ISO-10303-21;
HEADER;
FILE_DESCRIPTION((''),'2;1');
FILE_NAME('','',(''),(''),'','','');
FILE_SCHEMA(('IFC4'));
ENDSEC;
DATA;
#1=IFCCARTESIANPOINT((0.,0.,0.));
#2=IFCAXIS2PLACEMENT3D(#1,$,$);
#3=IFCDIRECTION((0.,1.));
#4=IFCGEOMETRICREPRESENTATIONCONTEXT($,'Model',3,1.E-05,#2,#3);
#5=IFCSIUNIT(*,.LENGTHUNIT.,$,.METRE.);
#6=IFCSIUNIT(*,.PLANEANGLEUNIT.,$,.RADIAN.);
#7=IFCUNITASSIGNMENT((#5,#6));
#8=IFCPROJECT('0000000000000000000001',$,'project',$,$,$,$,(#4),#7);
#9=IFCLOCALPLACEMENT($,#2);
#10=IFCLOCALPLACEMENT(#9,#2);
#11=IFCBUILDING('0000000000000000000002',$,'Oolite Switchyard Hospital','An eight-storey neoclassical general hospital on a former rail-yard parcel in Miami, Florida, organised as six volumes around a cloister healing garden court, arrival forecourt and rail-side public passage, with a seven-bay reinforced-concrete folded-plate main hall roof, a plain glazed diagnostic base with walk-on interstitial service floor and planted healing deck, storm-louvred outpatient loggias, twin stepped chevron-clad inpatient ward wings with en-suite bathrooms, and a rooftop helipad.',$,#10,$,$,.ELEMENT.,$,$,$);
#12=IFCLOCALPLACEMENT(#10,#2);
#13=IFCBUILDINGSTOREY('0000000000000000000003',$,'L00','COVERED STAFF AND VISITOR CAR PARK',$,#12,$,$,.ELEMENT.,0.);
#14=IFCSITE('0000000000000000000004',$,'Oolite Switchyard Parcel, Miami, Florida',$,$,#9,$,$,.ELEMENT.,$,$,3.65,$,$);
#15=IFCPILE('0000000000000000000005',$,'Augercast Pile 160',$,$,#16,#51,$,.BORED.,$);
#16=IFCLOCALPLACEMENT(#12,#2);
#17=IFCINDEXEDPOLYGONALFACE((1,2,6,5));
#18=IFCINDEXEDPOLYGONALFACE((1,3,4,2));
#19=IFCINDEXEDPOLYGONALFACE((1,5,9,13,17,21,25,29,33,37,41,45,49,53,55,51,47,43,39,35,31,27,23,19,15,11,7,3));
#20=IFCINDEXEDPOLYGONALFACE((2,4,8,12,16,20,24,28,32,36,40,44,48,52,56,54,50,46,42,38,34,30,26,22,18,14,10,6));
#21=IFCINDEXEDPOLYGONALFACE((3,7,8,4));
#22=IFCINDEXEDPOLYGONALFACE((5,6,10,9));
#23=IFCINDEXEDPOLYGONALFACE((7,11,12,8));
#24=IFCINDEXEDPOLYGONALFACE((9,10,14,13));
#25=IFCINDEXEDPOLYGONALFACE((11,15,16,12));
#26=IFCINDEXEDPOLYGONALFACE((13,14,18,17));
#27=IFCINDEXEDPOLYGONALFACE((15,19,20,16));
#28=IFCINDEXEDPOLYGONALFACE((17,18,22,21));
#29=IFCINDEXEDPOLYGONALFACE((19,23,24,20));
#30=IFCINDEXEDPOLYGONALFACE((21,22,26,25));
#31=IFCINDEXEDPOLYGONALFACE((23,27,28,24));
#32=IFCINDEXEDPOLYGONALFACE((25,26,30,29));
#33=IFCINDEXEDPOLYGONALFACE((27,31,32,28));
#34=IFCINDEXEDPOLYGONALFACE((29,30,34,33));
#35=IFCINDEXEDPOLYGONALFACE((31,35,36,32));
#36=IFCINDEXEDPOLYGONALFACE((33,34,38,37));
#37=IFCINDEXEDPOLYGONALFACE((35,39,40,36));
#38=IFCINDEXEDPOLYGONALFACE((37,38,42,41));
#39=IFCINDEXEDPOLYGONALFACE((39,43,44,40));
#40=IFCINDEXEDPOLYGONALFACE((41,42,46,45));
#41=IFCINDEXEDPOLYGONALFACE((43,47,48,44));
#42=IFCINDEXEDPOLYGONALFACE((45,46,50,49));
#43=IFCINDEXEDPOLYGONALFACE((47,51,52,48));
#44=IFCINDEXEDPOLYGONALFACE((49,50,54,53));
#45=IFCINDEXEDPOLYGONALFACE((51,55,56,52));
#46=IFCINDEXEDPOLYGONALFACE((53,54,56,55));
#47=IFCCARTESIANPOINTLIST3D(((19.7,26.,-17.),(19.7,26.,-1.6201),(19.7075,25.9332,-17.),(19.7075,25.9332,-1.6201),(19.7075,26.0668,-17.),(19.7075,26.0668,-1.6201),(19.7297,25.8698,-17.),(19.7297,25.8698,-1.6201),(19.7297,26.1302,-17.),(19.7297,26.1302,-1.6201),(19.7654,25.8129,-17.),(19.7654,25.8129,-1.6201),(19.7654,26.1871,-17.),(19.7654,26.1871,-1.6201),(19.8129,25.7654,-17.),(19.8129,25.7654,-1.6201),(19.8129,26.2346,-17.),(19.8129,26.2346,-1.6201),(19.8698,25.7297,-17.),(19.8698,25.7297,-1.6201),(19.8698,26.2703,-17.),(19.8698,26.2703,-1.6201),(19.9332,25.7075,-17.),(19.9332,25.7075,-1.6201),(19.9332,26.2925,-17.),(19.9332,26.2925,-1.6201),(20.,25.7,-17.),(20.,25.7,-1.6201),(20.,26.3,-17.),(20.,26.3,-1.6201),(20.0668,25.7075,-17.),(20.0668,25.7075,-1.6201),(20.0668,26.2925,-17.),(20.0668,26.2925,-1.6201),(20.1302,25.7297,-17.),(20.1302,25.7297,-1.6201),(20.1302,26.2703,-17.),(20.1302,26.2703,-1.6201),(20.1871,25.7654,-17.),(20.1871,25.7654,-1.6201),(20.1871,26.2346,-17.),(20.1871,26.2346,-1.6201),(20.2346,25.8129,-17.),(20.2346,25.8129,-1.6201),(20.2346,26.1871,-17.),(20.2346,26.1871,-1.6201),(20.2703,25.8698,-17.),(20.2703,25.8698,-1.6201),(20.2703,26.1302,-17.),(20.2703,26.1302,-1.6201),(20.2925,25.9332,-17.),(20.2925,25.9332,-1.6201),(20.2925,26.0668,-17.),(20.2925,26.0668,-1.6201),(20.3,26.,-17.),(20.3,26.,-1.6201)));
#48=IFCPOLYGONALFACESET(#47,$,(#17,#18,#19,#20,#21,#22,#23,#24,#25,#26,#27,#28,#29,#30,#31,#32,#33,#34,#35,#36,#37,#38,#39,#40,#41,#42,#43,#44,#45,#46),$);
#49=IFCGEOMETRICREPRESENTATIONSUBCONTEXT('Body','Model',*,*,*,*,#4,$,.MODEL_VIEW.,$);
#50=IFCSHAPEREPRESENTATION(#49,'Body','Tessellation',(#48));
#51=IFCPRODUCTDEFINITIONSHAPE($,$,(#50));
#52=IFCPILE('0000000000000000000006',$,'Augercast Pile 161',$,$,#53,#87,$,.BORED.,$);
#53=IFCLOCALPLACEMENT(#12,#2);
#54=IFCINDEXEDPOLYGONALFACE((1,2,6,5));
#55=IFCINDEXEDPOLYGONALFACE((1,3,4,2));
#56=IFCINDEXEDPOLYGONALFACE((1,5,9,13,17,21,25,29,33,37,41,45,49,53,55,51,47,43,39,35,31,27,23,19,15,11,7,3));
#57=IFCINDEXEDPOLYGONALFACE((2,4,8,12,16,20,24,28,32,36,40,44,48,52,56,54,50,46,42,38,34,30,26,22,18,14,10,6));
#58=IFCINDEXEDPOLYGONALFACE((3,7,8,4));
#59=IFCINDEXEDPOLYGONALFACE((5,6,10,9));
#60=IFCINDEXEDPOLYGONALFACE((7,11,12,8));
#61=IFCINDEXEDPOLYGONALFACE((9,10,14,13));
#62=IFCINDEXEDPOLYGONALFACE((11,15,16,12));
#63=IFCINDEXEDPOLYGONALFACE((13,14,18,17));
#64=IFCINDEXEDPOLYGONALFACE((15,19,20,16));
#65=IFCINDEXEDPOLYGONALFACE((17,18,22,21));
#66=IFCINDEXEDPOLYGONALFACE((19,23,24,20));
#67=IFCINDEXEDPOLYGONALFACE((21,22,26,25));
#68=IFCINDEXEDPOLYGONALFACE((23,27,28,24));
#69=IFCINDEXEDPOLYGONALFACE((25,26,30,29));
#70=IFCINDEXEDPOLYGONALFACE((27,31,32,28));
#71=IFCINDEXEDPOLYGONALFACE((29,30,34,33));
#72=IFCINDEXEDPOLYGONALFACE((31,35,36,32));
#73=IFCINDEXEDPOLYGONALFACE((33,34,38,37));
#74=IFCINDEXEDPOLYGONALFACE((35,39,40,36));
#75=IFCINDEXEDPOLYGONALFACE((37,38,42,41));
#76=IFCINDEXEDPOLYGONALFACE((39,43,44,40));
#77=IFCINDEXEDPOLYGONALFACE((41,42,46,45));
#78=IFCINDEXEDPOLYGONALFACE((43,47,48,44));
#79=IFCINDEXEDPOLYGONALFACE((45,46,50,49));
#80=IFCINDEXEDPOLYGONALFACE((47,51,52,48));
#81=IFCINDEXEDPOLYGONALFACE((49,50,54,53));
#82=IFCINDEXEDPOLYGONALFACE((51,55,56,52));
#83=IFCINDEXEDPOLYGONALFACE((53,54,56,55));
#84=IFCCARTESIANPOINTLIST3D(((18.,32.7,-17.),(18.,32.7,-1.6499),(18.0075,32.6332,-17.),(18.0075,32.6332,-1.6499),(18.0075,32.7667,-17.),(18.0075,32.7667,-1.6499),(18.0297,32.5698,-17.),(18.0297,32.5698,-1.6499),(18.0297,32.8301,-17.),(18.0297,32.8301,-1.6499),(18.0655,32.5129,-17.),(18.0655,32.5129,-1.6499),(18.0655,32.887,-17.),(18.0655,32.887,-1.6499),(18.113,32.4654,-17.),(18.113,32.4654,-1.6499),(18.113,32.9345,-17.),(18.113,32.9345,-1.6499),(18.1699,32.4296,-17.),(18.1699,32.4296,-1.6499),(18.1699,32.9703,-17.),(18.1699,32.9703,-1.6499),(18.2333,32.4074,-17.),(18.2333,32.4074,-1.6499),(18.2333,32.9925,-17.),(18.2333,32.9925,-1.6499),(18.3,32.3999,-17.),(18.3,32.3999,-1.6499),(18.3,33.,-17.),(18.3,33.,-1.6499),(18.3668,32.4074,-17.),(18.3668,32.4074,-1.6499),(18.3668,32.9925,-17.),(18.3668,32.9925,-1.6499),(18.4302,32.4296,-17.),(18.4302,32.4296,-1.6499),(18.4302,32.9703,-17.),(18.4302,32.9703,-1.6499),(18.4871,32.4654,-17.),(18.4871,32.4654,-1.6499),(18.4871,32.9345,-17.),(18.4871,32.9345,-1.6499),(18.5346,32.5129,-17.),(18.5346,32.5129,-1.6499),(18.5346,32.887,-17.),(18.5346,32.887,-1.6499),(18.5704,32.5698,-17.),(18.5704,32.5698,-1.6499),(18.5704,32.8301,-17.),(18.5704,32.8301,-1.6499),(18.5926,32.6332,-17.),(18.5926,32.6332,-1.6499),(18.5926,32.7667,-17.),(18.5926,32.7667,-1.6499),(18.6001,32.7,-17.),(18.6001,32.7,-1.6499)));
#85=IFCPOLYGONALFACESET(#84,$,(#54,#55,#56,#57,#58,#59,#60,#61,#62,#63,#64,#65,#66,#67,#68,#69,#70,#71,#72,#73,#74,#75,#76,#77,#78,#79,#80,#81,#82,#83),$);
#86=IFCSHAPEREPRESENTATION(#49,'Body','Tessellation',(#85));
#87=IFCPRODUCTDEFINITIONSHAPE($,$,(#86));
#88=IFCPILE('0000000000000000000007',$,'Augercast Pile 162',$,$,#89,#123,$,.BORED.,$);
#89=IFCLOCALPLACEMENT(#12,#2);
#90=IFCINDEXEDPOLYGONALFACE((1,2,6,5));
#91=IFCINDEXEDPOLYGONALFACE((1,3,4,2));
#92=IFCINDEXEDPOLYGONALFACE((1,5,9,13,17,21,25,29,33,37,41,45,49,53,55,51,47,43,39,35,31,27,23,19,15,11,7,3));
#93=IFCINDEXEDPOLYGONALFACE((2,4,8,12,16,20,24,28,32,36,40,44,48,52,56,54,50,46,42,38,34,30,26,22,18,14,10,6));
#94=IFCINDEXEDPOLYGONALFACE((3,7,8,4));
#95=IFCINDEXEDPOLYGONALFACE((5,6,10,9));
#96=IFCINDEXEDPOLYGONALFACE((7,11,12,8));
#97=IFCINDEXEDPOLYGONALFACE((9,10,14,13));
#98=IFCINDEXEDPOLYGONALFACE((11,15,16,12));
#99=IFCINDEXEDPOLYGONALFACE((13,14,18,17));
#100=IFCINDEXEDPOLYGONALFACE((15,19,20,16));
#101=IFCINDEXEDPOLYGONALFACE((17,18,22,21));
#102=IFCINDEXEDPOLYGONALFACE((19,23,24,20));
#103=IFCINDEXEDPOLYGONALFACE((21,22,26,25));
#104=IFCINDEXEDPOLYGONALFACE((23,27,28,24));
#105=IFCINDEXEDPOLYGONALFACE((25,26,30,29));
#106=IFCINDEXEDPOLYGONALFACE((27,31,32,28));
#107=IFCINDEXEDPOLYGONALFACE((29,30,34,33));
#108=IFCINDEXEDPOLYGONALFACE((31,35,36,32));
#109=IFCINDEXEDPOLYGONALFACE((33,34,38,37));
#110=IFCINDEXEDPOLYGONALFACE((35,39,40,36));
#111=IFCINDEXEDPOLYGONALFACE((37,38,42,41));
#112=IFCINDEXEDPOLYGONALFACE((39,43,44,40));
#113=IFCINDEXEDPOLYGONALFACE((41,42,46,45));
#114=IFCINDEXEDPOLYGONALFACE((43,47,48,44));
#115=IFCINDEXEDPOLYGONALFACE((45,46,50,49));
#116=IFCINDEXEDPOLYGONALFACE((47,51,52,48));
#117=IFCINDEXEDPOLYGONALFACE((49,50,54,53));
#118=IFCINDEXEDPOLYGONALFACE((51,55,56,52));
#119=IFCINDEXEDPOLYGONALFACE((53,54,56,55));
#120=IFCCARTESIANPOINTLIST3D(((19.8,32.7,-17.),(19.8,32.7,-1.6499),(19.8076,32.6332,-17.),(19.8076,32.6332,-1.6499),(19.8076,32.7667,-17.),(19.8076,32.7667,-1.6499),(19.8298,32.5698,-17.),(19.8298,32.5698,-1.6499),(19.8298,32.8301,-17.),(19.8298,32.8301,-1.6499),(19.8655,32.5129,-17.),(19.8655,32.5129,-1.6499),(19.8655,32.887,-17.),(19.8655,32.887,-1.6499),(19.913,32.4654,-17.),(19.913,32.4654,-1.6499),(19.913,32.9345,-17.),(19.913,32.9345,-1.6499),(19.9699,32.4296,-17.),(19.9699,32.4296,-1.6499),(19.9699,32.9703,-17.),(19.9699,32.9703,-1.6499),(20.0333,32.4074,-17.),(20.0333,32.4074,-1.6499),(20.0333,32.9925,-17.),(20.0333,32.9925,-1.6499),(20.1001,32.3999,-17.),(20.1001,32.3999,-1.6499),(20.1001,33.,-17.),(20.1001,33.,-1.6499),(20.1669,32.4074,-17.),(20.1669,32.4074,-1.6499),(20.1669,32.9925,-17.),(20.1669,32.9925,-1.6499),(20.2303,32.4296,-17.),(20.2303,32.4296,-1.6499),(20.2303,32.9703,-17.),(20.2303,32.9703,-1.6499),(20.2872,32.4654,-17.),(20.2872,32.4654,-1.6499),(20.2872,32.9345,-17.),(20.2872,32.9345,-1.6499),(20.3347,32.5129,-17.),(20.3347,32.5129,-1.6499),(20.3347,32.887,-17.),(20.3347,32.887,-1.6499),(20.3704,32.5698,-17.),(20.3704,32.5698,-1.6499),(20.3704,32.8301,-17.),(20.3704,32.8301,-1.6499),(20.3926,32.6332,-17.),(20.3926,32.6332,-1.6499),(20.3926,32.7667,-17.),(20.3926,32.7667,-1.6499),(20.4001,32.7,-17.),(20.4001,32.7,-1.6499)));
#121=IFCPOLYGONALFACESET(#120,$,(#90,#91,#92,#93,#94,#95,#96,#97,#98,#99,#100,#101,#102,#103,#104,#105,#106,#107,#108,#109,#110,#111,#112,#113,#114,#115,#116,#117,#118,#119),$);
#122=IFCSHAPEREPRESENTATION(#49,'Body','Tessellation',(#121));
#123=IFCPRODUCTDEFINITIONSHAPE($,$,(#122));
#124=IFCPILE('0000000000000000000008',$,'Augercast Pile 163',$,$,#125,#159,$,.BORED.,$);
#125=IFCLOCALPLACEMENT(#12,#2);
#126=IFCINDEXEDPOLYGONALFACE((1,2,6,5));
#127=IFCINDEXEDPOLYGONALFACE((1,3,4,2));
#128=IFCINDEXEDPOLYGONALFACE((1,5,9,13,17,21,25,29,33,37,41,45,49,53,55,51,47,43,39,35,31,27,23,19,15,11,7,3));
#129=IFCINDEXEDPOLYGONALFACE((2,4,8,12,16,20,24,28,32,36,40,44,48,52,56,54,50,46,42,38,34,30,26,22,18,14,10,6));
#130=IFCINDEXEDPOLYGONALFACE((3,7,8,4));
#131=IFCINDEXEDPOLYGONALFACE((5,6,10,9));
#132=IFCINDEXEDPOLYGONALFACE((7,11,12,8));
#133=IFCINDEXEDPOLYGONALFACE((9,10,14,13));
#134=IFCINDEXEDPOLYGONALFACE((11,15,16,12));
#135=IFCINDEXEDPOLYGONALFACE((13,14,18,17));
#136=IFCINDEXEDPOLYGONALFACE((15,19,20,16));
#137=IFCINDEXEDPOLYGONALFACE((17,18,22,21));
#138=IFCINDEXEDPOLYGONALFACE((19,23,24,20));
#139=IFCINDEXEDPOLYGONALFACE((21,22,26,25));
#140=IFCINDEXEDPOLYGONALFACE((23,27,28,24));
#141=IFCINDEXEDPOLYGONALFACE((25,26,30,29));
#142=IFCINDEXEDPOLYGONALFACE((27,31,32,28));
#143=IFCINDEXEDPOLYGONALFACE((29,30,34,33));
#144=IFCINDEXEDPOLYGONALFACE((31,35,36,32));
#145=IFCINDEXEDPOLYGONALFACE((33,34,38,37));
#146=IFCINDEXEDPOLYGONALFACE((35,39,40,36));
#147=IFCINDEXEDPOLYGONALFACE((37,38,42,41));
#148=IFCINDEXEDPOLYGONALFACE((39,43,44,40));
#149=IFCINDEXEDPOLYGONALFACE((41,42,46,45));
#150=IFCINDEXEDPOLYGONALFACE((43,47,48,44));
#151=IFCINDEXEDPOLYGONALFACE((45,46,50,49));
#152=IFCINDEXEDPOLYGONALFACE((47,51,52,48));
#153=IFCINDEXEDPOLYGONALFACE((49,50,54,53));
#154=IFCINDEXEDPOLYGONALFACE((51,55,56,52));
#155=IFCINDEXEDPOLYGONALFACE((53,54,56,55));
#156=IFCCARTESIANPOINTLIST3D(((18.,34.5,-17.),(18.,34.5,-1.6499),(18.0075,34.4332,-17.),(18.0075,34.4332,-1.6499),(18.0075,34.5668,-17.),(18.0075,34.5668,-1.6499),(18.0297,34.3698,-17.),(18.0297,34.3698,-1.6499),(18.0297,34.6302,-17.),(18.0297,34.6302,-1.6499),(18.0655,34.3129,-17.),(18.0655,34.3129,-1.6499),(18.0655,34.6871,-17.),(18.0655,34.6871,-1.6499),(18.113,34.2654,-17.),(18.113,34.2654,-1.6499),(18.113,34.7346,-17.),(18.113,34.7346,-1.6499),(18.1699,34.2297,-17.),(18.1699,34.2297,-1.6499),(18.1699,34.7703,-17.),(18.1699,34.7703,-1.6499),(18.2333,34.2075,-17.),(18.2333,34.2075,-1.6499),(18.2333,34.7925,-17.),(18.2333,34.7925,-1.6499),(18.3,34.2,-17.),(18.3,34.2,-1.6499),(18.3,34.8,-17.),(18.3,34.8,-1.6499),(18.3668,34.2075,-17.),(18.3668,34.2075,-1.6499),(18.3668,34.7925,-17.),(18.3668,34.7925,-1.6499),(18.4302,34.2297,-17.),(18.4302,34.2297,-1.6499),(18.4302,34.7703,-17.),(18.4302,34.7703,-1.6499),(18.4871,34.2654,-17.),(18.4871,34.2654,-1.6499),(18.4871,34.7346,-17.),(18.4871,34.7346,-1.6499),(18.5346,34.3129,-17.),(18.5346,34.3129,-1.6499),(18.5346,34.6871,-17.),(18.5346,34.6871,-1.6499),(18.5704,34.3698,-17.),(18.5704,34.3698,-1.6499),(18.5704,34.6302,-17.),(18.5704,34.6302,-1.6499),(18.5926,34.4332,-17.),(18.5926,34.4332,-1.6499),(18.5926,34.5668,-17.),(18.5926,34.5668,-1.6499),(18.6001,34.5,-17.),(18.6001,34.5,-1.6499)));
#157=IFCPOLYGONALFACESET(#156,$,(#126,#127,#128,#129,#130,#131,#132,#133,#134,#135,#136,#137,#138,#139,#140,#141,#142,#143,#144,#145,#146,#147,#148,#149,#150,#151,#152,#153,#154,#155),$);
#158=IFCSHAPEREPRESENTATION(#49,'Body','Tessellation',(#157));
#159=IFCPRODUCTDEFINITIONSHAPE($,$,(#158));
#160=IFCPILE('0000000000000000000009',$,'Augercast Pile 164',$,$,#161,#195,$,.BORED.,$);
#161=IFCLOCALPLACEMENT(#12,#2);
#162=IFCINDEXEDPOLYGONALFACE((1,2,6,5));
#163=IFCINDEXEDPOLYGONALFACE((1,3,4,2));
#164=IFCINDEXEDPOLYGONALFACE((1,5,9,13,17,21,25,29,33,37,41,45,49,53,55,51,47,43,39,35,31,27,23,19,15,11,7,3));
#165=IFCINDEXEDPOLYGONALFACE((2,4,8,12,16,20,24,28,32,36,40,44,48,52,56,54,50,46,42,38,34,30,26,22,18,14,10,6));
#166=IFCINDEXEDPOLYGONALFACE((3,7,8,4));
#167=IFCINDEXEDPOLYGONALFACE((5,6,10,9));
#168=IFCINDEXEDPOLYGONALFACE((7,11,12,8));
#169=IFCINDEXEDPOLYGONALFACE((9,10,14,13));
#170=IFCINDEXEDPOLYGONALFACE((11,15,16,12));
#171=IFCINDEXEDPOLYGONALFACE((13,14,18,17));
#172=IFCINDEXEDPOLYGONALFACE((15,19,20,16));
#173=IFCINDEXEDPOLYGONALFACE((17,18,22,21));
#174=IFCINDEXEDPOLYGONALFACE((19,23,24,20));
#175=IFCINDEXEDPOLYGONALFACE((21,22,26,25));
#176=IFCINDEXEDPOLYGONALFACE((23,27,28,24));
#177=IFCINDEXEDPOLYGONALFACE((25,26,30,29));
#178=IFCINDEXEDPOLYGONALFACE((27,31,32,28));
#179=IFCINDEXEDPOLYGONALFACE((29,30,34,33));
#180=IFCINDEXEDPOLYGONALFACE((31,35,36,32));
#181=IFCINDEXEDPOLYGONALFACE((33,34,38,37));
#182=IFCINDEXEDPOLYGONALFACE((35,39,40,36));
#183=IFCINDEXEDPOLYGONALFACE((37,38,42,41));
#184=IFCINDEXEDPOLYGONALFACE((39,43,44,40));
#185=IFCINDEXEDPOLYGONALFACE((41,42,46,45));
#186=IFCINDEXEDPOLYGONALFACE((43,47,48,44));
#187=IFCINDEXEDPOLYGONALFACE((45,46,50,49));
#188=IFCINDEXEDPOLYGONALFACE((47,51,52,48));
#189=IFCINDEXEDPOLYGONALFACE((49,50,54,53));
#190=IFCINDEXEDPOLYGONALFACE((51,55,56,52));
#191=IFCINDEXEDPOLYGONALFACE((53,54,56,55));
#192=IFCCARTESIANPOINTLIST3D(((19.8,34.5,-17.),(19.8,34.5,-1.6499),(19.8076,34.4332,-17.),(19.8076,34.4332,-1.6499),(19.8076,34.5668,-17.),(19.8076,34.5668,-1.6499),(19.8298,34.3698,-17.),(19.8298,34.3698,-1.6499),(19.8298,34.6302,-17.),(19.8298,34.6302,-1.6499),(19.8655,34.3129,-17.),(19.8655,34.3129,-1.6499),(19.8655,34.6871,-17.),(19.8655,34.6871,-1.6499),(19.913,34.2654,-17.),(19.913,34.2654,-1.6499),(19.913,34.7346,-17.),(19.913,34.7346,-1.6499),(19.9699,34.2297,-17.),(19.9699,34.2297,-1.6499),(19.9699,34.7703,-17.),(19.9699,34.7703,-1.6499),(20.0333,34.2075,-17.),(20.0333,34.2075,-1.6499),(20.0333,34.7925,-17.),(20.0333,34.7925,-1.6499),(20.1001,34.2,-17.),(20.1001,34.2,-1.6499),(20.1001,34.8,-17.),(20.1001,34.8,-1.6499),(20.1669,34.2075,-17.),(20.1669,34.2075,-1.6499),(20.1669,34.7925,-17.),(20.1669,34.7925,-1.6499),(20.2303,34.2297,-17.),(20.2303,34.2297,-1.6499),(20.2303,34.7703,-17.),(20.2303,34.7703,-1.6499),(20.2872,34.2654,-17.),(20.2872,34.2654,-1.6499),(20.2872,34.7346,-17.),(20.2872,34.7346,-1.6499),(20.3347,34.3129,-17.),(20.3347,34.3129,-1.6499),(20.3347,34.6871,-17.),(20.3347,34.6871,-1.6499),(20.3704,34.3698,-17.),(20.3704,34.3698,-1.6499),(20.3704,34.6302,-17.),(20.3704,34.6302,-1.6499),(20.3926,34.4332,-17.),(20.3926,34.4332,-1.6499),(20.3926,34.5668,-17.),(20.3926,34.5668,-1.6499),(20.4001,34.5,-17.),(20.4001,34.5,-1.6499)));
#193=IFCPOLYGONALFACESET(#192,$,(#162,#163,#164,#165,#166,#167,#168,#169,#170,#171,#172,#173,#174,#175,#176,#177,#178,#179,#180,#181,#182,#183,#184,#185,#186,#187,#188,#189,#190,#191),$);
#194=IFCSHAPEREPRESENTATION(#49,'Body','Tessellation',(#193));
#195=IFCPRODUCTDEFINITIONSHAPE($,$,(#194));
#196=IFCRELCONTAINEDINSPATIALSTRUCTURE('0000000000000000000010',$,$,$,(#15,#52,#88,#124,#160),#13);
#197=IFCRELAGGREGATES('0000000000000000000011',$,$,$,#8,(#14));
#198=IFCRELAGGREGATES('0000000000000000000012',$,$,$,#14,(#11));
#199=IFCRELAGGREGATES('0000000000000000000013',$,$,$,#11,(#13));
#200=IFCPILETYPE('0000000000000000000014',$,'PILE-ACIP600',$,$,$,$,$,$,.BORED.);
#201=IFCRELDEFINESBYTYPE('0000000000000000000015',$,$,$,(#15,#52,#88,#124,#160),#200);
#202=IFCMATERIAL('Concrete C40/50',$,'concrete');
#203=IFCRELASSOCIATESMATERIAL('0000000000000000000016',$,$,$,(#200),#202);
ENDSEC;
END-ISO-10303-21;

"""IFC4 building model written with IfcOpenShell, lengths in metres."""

from ifc_helpers import new_model, si_unit, direction, frame, origin, origin_2d, place, context, subcontext, project, spatial, circle, extrude, material, material_profile, profile_set, type_object, element, save


model = new_model("IFC4")

# Units and contexts
model_context = context("Model", 3, precision=1e-05, world=origin(), true_north=direction((0.0, 1.0)))
body_context = subcontext(model_context, "Body", "Model", "MODEL_VIEW")
ifc_project = project(units=[si_unit("LENGTHUNIT", "METRE"), si_unit("PLANEANGLEUNIT", "RADIAN")], contexts=[model_context])

# Site, building, storey
site_placement = place(None, origin())
site = spatial("IfcSite", under=ifc_project, at=site_placement, Name="Oolite Switchyard Parcel, Miami, Florida", CompositionType="ELEMENT", RefElevation=3.65)
building_placement = place(site_placement, origin())
building = spatial("IfcBuilding", under=site, at=building_placement, Name="Oolite Switchyard Hospital", Description="An eight-storey neoclassical general hospital on a former rail-yard parcel in Miami, Florida, organised as six volumes around a cloister healing garden court, arrival forecourt and rail-side public passage, with a seven-bay reinforced-concrete folded-plate main hall roof, a plain glazed diagnostic base with walk-on interstitial service floor and planted healing deck, storm-louvred outpatient loggias, twin stepped chevron-clad inpatient ward wings with en-suite bathrooms, and a rooftop helipad.", CompositionType="ELEMENT")
storey_placement = place(building_placement, origin())
storey = spatial("IfcBuildingStorey", under=building, at=storey_placement, Name="L00", Description="COVERED STAFF AND VISITOR CAR PARK", CompositionType="ELEMENT", Elevation=0.0)

# Shared definitions
ifc_material_1 = material(Name="Concrete C40/50", Category="concrete")

# Piles
ifc_material_profile_1 = material_profile(ifc_material_1, circle(Radius=0.3, at=origin_2d()), Name="PILE600")
ifc_profile_set_1 = profile_set([ifc_material_profile_1], Name="Concrete C40/50")
pile_type = type_object("IfcPileType", Name="PILE-ACIP600", PredefinedType="BORED", material=ifc_profile_set_1)
for number, where, z_axis, x_axis, name in (
    (1, (20.0, 26.0, -1.6201), (0.0, 0.0, -1.0), (1.0, 0.0, 0.0), "Augercast Pile 160"),
):
    element("IfcPile", number, at=place(storey_placement, frame(where, z_axis=z_axis, x_axis=x_axis)), inside=storey, type_object=pile_type, Name=name, PredefinedType="BORED", context=body_context, shape_type="SweptSolid", body=[
        extrude(circle(Radius=0.3, at=origin_2d()), origin(), (0.0, 0.0, 1.0), 15.3799),
    ])
for number, where, z_axis, x_axis, name in (
    (2, (18.3, 32.7, -1.6499), (0.0, 0.0, -1.0), (1.0, 0.0, 0.0), "Augercast Pile 161"),
    (3, (20.1001, 32.7, -1.6499), (0.0, 0.0, -1.0), (1.0, 0.0, 0.0), "Augercast Pile 162"),
    (4, (18.3, 34.5, -1.6499), (0.0, 0.0, -1.0), (1.0, 0.0, 0.0), "Augercast Pile 163"),
    (5, (20.1001, 34.5, -1.6499), (0.0, 0.0, -1.0), (1.0, 0.0, 0.0), "Augercast Pile 164"),
):
    element("IfcPile", number, at=place(storey_placement, frame(where, z_axis=z_axis, x_axis=x_axis)), inside=storey, type_object=pile_type, Name=name, PredefinedType="BORED", context=body_context, shape_type="SweptSolid", body=[
        extrude(circle(Radius=0.3, at=origin_2d()), origin(), (0.0, 0.0, 1.0), 15.3501),
    ])

save(model, "model.ifc")
